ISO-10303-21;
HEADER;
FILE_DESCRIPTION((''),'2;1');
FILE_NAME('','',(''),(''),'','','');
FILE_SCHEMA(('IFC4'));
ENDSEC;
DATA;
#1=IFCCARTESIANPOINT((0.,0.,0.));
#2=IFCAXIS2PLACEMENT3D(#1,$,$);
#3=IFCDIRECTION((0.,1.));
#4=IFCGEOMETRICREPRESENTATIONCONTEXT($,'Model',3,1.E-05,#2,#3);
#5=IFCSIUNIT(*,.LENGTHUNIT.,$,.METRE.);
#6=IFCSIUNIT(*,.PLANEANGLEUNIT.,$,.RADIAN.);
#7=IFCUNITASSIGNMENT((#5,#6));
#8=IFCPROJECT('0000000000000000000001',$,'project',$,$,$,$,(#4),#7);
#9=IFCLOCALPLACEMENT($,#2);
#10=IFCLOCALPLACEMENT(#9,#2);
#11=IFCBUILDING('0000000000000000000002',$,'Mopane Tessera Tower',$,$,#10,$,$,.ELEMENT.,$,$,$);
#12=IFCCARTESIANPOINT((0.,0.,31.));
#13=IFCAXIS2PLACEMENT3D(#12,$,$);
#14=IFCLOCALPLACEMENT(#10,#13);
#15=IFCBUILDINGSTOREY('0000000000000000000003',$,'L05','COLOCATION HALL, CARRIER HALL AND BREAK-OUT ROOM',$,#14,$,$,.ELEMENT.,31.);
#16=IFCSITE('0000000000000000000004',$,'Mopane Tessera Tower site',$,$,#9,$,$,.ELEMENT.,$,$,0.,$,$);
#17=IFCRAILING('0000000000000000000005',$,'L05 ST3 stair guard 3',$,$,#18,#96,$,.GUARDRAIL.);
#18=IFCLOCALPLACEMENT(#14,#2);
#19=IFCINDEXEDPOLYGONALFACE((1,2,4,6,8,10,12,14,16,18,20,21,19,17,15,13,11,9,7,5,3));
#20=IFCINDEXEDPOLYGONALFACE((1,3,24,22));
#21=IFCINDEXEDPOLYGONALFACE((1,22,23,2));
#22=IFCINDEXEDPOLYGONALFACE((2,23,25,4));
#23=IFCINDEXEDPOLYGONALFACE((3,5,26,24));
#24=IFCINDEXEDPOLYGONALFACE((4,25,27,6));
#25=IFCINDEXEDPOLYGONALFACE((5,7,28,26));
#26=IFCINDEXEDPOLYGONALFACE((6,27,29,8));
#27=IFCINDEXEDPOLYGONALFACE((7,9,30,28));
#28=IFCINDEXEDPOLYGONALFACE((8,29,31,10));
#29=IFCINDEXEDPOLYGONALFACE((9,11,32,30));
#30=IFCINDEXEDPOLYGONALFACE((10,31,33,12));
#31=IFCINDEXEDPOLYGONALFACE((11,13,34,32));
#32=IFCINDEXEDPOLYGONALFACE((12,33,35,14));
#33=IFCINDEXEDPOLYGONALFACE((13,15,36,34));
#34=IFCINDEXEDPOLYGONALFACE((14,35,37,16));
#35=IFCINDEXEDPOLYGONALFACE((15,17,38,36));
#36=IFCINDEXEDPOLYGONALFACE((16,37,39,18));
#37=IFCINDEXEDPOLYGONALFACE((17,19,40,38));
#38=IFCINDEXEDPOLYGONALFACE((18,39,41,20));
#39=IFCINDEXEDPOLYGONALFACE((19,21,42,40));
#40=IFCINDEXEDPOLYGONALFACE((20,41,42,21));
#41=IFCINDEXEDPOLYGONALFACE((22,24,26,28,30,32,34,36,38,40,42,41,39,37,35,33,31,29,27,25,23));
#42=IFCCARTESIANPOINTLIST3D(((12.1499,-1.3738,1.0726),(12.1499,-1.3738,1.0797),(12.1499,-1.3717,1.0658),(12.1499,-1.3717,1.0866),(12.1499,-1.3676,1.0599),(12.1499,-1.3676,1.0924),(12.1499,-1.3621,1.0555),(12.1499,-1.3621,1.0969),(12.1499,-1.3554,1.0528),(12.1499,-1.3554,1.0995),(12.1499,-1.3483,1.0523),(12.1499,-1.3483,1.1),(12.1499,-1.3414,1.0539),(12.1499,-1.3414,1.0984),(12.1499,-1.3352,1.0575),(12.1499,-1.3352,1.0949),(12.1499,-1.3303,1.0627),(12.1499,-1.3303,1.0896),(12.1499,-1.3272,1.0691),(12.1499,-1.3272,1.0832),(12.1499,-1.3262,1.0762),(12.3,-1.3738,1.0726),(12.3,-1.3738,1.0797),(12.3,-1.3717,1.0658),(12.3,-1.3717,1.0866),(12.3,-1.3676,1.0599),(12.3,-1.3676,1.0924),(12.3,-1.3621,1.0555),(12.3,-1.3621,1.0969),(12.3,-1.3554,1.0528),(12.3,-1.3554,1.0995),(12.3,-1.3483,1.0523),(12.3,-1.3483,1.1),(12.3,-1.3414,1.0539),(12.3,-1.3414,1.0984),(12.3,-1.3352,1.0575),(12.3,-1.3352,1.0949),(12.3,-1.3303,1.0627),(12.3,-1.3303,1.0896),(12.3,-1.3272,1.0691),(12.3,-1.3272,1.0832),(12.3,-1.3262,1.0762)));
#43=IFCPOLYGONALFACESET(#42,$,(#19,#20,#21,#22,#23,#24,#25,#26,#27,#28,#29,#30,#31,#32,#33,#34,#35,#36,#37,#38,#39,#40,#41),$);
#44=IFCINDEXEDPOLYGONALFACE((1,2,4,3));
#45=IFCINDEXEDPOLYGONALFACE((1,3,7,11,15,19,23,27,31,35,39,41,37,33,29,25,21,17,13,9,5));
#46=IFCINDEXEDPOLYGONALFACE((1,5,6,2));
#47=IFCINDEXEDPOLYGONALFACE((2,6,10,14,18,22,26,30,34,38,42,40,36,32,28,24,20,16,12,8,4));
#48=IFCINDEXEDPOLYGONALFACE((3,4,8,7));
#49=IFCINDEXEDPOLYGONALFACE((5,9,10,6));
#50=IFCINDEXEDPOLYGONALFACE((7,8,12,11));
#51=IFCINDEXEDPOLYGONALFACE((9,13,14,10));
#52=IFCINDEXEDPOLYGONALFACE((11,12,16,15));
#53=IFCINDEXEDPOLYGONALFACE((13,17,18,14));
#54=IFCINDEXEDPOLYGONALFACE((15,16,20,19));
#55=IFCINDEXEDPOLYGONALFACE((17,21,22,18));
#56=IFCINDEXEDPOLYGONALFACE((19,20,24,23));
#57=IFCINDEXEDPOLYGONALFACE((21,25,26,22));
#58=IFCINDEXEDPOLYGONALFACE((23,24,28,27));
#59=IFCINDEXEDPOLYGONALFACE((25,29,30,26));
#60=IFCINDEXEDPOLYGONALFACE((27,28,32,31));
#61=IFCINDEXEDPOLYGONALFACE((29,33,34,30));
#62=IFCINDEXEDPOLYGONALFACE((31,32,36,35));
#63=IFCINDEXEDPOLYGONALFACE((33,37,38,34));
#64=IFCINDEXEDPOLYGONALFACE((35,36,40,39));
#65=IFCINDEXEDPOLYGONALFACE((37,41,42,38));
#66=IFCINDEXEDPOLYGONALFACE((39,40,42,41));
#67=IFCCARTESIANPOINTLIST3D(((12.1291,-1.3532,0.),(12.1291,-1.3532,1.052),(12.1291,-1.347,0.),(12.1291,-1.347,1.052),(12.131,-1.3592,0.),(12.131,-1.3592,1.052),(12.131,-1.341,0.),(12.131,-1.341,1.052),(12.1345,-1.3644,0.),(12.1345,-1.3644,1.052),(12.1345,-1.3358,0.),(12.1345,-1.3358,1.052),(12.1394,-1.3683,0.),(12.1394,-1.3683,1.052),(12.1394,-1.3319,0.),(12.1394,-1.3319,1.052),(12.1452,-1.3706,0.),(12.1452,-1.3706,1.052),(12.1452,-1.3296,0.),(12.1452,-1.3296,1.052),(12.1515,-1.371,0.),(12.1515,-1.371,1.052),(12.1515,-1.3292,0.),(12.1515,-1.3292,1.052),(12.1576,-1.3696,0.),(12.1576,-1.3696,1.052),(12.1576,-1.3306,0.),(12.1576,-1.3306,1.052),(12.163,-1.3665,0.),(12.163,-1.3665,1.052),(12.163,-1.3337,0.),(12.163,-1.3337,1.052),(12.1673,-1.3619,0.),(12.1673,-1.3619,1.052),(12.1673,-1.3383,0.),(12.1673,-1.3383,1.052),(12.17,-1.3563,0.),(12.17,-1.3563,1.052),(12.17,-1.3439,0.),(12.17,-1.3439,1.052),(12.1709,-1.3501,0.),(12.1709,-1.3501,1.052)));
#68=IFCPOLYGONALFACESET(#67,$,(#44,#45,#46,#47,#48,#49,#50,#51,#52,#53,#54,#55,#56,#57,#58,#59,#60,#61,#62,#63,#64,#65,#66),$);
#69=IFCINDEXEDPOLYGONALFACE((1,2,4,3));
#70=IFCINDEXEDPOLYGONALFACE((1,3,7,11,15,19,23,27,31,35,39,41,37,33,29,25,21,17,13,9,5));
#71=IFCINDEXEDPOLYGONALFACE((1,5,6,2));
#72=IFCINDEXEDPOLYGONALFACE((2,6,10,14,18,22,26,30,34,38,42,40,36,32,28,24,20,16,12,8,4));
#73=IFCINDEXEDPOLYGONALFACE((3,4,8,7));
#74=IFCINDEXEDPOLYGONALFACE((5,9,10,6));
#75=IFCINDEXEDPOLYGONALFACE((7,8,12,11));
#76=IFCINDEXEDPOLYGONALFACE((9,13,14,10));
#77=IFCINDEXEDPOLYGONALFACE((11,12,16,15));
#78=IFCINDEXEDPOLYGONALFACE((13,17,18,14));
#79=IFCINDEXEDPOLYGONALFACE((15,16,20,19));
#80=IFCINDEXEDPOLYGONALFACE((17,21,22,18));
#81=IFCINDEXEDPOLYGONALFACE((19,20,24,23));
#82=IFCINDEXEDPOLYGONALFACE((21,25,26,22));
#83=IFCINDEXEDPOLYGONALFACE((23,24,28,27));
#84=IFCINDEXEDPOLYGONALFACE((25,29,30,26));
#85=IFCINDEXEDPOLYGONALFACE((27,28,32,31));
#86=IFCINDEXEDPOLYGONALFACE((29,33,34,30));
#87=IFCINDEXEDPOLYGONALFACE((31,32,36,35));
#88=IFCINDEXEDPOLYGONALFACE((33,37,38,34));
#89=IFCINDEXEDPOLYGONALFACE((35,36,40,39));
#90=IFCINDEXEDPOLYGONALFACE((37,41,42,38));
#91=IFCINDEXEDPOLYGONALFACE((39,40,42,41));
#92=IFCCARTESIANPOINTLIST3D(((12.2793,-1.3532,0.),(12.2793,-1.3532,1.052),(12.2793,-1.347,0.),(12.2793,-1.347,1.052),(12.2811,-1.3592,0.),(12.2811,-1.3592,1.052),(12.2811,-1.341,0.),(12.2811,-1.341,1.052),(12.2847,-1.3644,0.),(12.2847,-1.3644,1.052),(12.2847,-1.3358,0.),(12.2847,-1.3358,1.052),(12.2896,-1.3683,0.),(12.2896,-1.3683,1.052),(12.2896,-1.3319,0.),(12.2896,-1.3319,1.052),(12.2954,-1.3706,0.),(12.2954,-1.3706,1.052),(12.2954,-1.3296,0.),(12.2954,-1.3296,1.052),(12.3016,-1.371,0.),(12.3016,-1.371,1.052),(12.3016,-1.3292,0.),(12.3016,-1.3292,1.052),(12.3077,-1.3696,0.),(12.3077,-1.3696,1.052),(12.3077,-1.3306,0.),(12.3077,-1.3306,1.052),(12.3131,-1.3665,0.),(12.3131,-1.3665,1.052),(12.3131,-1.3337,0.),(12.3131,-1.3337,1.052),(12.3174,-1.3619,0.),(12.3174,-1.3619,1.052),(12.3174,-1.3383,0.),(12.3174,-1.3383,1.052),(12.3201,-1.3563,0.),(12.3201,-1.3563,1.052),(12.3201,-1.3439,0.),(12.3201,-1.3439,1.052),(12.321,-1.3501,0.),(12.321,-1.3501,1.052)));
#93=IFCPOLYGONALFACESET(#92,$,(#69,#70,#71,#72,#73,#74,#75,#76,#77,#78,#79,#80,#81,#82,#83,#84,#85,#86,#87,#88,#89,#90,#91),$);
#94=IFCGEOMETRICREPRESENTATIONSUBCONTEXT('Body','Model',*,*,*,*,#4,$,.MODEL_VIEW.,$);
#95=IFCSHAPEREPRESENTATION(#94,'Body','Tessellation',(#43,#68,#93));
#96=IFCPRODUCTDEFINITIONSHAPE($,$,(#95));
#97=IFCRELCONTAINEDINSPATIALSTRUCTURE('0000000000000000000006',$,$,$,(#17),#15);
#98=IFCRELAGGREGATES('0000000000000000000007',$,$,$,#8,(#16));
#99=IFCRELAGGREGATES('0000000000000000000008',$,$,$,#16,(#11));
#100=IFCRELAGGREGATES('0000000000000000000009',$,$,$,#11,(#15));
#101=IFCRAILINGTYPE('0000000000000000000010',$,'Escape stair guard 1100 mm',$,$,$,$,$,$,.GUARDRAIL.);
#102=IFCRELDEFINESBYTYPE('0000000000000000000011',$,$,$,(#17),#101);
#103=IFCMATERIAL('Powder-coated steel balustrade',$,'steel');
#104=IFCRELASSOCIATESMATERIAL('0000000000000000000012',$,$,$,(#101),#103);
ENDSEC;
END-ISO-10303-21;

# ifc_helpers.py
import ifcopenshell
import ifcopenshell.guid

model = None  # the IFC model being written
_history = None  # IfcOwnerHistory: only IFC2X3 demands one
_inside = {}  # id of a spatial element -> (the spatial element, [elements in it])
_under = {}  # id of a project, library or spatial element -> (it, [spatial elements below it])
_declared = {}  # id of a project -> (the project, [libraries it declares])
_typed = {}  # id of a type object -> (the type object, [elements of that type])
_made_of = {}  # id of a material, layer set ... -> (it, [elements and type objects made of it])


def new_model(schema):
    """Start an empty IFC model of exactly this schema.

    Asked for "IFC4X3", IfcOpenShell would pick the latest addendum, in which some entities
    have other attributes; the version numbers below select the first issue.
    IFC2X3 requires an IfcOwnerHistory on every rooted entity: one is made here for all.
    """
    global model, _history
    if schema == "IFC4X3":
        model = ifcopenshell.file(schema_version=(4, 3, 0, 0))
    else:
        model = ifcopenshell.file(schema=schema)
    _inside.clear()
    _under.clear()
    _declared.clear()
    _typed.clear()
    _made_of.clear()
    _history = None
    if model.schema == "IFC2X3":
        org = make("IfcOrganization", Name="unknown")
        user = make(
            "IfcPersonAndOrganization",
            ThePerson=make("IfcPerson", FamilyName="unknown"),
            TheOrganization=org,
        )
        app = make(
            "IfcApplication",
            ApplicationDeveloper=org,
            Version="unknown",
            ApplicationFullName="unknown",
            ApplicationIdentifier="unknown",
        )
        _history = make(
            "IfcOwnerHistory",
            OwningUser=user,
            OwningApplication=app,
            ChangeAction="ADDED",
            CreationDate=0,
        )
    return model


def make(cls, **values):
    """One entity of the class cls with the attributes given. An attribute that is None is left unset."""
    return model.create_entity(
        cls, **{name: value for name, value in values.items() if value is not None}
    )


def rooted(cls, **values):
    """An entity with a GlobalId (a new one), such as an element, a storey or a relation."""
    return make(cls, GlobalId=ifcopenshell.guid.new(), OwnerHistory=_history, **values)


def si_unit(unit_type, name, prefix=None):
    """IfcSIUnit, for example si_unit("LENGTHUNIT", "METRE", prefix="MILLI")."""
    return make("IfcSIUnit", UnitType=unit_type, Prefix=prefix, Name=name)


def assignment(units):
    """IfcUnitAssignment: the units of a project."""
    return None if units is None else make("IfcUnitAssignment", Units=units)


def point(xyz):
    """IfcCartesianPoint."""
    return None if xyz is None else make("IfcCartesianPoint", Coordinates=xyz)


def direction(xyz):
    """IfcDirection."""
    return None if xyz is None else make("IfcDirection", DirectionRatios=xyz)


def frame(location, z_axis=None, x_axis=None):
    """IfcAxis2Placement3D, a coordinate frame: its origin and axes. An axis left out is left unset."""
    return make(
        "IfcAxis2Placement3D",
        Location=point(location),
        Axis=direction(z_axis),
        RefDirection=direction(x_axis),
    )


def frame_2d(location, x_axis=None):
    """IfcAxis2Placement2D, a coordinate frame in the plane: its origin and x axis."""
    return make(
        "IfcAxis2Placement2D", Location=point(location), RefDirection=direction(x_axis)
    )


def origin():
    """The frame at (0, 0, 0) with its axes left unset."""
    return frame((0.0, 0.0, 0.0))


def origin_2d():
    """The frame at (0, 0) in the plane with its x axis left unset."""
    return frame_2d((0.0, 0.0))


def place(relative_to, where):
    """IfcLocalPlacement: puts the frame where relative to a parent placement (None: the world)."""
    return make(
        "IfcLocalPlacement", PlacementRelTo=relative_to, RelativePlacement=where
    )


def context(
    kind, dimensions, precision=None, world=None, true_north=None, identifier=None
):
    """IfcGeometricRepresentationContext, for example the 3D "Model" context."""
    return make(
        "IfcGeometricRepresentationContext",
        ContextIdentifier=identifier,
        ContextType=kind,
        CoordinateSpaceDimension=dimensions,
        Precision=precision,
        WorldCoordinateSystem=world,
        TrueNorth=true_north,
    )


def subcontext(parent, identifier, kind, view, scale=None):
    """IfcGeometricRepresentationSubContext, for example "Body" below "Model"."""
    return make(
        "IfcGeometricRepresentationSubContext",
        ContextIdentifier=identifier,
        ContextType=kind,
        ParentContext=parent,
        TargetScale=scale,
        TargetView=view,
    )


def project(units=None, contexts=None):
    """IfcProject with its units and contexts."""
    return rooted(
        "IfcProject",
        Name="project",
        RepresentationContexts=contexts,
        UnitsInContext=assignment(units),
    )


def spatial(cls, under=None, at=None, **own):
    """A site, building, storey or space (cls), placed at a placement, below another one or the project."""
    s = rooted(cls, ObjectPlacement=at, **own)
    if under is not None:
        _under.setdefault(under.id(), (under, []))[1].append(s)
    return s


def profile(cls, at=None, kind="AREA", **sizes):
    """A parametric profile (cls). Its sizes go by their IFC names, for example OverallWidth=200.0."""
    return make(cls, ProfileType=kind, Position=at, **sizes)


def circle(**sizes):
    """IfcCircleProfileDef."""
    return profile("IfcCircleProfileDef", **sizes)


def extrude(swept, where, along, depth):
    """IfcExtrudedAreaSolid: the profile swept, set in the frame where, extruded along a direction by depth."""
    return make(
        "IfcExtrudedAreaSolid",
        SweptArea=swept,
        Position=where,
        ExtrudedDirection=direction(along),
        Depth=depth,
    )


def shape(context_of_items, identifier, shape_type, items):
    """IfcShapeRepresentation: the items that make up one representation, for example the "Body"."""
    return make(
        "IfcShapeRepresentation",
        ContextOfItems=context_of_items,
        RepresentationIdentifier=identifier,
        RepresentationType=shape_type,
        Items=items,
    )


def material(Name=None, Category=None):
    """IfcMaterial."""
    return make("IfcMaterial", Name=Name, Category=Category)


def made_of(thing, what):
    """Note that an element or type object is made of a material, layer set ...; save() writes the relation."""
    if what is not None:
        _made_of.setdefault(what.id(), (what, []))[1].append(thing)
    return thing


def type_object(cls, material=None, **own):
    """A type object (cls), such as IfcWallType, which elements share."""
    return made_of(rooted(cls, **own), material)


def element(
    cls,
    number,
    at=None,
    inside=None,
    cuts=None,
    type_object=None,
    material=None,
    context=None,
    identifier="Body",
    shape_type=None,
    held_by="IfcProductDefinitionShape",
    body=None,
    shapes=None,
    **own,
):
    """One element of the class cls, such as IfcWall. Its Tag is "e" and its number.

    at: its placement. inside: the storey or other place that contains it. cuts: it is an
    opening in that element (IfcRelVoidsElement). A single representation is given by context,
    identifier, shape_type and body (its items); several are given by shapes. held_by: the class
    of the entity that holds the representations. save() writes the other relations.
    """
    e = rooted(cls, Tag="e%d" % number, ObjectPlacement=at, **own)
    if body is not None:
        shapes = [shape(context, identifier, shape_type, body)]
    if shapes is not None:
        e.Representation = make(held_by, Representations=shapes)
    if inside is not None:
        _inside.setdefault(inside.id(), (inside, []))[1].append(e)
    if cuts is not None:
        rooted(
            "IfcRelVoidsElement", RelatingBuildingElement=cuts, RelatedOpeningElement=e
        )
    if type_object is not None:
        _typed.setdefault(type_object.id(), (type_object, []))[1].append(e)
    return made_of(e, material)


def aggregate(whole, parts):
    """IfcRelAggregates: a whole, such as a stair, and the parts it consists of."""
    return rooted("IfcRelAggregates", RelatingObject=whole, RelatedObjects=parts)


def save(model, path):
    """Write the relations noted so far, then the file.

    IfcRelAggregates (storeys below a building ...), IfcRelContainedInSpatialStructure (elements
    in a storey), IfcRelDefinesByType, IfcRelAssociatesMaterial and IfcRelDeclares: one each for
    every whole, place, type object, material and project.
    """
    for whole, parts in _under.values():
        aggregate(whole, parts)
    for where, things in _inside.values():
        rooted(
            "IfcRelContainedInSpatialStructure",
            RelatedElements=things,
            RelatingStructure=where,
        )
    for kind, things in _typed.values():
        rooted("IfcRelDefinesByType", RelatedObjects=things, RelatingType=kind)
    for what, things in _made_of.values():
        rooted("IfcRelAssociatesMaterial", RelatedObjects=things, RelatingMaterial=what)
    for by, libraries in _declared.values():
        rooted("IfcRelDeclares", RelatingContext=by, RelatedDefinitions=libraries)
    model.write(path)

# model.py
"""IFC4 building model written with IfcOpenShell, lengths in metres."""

from ifc_helpers import new_model, si_unit, direction, frame, origin, origin_2d, place, context, subcontext, project, spatial, circle, extrude, material, type_object, element, save


model = new_model("IFC4")

# Units and contexts
model_context = context("Model", 3, precision=1e-05, world=origin(), true_north=direction((0.0, 1.0)))
body_context = subcontext(model_context, "Body", "Model", "MODEL_VIEW")
ifc_project = project(units=[si_unit("LENGTHUNIT", "METRE"), si_unit("PLANEANGLEUNIT", "RADIAN")], contexts=[model_context])

# Site, building, storey
site_placement = place(None, origin())
site = spatial("IfcSite", under=ifc_project, at=site_placement, Name="Mopane Tessera Tower site", CompositionType="ELEMENT", RefElevation=0.0)
building_placement = place(site_placement, origin())
building = spatial("IfcBuilding", under=site, at=building_placement, Name="Mopane Tessera Tower", CompositionType="ELEMENT")
storey_placement = place(building_placement, frame((0.0, 0.0, 31.0)))
storey = spatial("IfcBuildingStorey", under=building, at=storey_placement, Name="L05", Description="COLOCATION HALL, CARRIER HALL AND BREAK-OUT ROOM", CompositionType="ELEMENT", Elevation=31.0)

# Railing
ifc_material_1 = material(Name="Powder-coated steel balustrade", Category="steel")
railing_type_1 = type_object("IfcRailingType", Name="Escape stair guard 1100 mm", PredefinedType="GUARDRAIL", material=ifc_material_1)
railing_1_placement = place(storey_placement, frame((12.1499, -1.3501, 0.0)))
element("IfcRailing", 1, at=railing_1_placement, inside=storey, type_object=railing_type_1, Name="L05 ST3 stair guard 3", PredefinedType="GUARDRAIL", context=body_context, shape_type="SweptSolid", body=[
    extrude(circle(Radius=0.0239, at=origin_2d()), frame((0.0, 0.0, 1.0762), z_axis=(1.0, 0.0, 0.0), x_axis=(0.0, 1.0, 0.0)), (0.0, 0.0, 1.0), 0.1501),
    extrude(circle(Radius=0.021, at=origin_2d()), origin(), (0.0, 0.0, 1.0), 1.052),
    extrude(circle(Radius=0.021, at=origin_2d()), frame((0.1501, 0.0, 0.0)), (0.0, 0.0, 1.0), 1.052),
])

save(model, "model.ifc")
